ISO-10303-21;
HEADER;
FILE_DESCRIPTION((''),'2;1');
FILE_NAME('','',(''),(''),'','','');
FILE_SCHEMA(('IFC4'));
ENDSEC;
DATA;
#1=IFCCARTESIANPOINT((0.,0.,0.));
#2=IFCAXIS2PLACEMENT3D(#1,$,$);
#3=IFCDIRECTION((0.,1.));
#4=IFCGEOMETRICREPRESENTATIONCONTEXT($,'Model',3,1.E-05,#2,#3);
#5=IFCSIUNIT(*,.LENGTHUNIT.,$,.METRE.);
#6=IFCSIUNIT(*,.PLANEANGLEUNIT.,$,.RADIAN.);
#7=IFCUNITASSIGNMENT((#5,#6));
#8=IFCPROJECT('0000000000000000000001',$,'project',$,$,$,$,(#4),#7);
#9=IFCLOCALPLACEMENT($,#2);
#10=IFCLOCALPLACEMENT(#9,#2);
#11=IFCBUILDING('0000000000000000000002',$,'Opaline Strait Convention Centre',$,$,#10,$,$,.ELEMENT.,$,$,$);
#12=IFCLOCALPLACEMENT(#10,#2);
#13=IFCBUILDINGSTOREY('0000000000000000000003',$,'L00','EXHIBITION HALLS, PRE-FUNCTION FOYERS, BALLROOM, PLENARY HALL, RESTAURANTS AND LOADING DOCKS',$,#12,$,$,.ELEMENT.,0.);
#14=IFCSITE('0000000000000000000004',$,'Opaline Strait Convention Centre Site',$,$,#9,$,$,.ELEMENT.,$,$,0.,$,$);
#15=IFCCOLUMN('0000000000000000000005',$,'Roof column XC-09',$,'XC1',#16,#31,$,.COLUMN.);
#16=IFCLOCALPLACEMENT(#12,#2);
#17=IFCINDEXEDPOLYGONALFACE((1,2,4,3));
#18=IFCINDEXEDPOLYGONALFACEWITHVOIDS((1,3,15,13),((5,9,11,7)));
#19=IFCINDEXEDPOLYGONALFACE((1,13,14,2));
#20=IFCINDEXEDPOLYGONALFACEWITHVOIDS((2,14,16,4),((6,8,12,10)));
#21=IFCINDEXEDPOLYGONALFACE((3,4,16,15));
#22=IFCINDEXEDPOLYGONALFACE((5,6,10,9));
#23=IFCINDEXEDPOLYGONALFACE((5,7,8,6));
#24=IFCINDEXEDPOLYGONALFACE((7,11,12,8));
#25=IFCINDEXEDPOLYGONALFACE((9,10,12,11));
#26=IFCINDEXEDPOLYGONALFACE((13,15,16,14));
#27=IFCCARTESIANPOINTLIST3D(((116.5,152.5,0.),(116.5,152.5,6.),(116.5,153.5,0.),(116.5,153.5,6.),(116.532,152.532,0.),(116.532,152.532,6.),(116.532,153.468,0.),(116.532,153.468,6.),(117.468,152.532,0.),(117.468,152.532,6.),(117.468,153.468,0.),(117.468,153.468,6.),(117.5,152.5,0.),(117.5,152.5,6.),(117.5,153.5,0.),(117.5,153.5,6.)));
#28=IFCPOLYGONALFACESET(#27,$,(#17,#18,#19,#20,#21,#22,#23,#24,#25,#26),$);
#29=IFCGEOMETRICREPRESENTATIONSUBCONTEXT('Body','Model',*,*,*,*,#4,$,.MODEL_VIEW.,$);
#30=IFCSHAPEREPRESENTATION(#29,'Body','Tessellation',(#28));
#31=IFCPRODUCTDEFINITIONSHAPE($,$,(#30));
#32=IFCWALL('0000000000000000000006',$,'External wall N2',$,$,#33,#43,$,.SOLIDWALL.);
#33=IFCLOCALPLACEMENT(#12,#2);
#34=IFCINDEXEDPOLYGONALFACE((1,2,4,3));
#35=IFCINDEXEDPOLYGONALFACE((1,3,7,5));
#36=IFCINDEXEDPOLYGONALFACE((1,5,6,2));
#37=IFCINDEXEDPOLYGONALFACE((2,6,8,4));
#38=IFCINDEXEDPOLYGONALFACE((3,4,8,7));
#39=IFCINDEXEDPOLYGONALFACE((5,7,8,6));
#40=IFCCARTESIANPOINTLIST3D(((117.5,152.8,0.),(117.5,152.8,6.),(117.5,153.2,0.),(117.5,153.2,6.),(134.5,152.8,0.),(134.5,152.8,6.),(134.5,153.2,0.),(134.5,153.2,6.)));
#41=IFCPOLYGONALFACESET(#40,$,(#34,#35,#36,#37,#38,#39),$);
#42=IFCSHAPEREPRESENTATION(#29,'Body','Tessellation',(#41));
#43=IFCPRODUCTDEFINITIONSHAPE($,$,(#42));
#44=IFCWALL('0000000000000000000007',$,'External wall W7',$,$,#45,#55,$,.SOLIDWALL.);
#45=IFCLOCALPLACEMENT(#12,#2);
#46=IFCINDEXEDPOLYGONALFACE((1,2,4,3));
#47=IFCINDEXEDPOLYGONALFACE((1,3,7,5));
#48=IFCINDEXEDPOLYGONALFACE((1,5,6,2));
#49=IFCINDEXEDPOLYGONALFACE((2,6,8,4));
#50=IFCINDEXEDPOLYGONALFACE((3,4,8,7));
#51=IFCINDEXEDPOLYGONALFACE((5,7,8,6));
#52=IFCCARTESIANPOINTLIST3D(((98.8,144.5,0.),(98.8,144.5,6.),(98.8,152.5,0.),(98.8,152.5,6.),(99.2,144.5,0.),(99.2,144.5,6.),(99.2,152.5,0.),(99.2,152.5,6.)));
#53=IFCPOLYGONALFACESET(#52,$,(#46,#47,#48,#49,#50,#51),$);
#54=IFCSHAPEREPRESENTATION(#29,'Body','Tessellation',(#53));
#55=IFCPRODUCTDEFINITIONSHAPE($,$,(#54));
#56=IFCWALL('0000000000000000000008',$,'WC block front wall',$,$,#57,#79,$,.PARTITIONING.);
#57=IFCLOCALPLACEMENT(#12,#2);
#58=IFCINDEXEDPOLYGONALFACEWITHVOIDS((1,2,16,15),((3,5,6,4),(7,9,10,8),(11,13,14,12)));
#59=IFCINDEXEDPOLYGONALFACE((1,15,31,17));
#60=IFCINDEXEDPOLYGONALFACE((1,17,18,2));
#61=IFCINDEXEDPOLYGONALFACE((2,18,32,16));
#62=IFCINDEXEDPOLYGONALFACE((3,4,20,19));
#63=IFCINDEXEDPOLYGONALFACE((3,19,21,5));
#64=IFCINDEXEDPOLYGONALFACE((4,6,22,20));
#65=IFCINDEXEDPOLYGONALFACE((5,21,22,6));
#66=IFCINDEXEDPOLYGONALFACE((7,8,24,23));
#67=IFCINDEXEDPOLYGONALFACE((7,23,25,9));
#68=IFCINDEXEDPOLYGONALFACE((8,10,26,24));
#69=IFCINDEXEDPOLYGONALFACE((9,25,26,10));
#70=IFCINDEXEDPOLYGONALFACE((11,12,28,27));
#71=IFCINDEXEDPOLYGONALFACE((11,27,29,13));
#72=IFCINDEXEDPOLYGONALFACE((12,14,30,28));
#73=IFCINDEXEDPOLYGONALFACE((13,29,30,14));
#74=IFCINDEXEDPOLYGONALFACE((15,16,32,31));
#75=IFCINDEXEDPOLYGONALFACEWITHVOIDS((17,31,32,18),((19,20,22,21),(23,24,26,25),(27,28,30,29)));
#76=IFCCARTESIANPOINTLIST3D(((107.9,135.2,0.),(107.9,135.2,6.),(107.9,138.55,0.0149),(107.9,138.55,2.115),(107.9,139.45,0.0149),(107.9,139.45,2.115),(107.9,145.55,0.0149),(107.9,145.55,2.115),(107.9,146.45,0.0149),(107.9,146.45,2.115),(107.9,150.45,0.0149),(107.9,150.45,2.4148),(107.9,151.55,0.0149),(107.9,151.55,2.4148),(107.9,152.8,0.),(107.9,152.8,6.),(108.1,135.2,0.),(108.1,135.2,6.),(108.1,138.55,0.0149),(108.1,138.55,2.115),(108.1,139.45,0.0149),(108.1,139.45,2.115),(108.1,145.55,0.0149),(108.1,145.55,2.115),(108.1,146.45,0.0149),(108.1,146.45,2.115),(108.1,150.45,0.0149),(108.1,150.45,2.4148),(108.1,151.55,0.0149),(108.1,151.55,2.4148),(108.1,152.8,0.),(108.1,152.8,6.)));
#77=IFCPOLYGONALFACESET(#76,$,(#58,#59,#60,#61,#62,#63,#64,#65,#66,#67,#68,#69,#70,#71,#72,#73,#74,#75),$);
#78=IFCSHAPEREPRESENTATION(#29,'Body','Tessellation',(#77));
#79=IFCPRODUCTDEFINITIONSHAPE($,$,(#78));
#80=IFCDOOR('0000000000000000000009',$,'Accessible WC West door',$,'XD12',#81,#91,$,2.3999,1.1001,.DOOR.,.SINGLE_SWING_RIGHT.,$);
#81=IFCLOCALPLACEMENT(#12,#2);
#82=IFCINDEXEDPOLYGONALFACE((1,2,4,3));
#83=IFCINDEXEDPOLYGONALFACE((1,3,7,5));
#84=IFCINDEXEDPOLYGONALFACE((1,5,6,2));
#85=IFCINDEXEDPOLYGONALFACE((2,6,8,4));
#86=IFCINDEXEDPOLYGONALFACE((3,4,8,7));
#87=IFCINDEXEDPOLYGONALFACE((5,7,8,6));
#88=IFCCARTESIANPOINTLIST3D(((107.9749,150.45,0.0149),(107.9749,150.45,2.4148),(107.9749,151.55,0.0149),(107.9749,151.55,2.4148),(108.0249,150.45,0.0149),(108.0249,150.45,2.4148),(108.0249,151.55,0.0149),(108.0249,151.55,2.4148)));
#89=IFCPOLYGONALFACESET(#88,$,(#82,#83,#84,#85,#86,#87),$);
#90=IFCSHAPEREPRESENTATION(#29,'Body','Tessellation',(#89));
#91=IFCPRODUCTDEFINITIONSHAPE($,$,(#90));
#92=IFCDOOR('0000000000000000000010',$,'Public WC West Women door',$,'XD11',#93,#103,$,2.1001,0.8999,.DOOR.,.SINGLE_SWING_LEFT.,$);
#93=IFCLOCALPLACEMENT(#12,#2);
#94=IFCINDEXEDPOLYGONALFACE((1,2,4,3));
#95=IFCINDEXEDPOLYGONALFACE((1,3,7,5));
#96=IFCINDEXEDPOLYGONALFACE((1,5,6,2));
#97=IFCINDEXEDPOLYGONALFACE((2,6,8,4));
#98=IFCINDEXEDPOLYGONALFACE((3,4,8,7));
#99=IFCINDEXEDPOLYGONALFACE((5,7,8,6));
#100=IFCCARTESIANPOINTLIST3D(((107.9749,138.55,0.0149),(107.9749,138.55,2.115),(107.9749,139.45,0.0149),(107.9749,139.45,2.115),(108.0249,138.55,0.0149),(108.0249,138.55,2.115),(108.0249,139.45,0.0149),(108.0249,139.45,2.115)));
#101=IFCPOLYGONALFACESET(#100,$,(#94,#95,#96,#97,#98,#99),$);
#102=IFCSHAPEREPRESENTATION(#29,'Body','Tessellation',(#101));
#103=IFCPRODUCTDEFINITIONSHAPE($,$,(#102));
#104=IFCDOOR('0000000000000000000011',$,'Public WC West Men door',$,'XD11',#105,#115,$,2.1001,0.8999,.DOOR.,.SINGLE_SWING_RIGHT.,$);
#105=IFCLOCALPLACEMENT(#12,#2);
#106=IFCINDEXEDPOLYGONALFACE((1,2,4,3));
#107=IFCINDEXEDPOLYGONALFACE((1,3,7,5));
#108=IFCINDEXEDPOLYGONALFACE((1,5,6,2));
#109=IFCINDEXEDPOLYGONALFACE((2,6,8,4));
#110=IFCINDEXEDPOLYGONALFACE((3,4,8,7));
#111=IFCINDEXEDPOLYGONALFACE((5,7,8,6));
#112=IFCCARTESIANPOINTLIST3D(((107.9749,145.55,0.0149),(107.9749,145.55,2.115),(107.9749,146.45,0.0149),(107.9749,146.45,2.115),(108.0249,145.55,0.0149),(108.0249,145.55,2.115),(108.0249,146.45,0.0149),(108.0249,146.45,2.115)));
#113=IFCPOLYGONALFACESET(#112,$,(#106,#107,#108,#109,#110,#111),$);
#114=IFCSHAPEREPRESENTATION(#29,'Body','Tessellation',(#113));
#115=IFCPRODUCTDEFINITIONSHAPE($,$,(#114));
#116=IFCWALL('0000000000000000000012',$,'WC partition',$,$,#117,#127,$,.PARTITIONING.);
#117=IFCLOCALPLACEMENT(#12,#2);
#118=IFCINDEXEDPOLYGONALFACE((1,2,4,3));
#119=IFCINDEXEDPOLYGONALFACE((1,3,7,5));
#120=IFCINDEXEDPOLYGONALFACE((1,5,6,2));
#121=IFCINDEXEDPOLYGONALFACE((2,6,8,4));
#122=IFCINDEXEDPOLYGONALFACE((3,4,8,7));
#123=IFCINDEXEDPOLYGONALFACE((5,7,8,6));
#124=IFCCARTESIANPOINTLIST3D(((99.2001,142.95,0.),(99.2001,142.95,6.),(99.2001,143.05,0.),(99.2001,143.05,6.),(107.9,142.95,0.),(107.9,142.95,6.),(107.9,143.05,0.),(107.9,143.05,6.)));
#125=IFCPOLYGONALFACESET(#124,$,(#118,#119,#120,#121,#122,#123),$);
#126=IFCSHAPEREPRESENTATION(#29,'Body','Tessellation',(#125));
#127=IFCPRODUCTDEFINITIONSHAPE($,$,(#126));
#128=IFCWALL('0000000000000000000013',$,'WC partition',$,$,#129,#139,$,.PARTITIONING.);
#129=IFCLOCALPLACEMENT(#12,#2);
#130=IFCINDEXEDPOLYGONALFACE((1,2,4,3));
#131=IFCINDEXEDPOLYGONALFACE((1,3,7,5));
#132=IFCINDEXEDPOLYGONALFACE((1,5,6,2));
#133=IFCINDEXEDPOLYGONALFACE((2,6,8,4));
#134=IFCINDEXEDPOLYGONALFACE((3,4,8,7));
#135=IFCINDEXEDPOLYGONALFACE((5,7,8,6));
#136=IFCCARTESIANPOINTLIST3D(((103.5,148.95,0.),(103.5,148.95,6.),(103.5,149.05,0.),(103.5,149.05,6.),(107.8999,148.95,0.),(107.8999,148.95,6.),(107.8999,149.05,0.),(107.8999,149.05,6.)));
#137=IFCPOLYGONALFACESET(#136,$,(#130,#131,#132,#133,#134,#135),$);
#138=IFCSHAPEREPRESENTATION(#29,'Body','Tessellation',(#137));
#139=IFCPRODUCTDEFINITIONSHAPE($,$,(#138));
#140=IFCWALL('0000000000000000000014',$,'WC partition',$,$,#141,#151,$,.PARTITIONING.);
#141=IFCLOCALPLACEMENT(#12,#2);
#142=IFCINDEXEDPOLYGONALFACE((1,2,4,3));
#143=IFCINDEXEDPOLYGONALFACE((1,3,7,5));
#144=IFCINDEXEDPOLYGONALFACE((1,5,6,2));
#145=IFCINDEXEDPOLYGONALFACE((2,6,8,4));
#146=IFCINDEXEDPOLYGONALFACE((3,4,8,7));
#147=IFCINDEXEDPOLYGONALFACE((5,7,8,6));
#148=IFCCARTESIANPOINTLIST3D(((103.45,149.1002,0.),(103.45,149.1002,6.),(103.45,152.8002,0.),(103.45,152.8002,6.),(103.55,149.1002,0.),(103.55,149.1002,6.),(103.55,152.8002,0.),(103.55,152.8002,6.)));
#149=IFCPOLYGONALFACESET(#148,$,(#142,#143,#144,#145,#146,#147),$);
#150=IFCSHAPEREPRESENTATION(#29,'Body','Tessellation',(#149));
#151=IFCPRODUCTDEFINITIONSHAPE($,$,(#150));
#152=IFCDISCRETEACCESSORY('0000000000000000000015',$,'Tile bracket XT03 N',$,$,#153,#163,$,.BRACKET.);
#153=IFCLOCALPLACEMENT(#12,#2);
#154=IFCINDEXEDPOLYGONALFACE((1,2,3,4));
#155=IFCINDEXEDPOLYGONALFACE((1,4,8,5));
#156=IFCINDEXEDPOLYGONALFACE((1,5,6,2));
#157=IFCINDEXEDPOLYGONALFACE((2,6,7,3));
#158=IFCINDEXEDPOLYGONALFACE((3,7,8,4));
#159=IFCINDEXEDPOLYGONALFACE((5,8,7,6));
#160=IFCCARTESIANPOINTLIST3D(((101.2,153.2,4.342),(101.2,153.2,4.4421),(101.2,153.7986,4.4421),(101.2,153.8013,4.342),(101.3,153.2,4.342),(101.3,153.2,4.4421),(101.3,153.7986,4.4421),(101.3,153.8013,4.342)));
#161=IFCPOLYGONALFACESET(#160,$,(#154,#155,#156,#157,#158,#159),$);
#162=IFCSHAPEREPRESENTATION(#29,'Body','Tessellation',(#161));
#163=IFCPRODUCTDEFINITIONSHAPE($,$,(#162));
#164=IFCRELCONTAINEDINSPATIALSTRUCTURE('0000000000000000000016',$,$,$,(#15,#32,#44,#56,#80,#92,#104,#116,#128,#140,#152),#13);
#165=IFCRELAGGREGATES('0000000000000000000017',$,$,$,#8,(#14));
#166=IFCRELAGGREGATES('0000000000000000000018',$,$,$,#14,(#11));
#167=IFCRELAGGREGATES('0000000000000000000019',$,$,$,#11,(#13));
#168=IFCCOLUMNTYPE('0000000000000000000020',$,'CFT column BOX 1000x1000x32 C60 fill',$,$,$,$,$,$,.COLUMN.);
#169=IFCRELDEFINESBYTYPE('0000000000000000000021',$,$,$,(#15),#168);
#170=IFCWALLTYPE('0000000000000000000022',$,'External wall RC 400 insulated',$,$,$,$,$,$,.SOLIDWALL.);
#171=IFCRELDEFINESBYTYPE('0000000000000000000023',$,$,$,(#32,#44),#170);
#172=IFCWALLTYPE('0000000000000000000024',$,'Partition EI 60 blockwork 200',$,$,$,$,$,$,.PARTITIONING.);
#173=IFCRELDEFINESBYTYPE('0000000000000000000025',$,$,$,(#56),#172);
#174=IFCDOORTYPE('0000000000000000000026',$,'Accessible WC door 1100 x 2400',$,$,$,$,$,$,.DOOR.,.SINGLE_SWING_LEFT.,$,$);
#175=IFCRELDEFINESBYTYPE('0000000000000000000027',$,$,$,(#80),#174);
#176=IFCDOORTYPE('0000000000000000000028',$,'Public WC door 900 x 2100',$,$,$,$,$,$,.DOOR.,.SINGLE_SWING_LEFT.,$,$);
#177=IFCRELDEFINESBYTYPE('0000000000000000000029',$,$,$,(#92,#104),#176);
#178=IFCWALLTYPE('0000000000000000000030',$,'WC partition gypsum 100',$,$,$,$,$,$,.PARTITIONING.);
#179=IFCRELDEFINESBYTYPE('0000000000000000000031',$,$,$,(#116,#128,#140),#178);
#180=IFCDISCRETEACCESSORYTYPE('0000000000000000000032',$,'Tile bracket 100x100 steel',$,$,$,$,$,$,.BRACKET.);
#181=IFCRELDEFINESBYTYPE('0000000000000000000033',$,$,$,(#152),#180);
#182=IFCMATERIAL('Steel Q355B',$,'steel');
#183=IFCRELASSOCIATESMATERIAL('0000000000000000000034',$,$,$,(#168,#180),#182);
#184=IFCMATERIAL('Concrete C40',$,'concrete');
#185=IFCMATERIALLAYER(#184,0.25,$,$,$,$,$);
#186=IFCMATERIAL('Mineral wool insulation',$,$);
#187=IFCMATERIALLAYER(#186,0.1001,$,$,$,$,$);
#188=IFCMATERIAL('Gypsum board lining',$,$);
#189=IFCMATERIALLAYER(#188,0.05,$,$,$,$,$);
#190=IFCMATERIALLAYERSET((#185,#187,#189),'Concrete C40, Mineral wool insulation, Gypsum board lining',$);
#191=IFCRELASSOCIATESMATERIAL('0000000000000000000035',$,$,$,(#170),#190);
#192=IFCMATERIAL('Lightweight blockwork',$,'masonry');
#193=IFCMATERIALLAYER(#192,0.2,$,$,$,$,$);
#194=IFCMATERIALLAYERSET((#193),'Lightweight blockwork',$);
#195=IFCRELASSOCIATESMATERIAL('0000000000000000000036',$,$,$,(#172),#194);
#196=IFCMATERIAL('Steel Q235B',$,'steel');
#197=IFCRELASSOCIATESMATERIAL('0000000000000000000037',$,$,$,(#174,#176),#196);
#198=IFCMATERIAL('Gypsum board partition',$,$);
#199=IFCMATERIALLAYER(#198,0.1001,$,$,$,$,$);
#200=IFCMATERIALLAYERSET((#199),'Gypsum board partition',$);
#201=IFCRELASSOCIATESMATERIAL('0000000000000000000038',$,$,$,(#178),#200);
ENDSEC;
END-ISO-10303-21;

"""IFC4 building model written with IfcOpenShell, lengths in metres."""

from ifc_helpers import new_model, si_unit, direction, frame, frame_2d, origin, origin_2d, place, context, subcontext, project, spatial, polyline, rectangle, hollow_rectangle, outline, extrude, material, layer, layer_set, material_profile, profile_set, type_object, element, fill, save


model = new_model("IFC4")

# Units and contexts
model_context = context("Model", 3, precision=1e-05, world=origin(), true_north=direction((0.0, 1.0)))
body_context = subcontext(model_context, "Body", "Model", "MODEL_VIEW")
ifc_project = project(units=[si_unit("LENGTHUNIT", "METRE"), si_unit("PLANEANGLEUNIT", "RADIAN")], contexts=[model_context])

# Site, building, storey
site_placement = place(None, origin())
site = spatial("IfcSite", under=ifc_project, at=site_placement, Name="Opaline Strait Convention Centre Site", CompositionType="ELEMENT", RefElevation=0.0)
building_placement = place(site_placement, origin())
building = spatial("IfcBuilding", under=site, at=building_placement, Name="Opaline Strait Convention Centre", CompositionType="ELEMENT")
storey_placement = place(building_placement, origin())
storey = spatial("IfcBuildingStorey", under=building, at=storey_placement, Name="L00", Description="EXHIBITION HALLS, PRE-FUNCTION FOYERS, BALLROOM, PLENARY HALL, RESTAURANTS AND LOADING DOCKS", CompositionType="ELEMENT", Elevation=0.0)

# Column
ifc_material_1 = material(Name="Steel Q355B", Category="steel")
ifc_material_profile_1 = material_profile(ifc_material_1, hollow_rectangle(XDim=1.0, YDim=1.0, WallThickness=0.032, at=origin_2d()), Name="BOX 1000x1000x32")
ifc_profile_set_1 = profile_set([ifc_material_profile_1], Name="Steel Q355B")
column_type = type_object("IfcColumnType", Name="CFT column BOX 1000x1000x32 C60 fill", PredefinedType="COLUMN", material=ifc_profile_set_1)
column_placement = place(storey_placement, frame((117.0, 153.0, 0.0), z_axis=(0.0, 0.0, 1.0), x_axis=(1.0, 0.0, 0.0)))
element("IfcColumn", 1, at=column_placement, inside=storey, type_object=column_type, Name="Roof column XC-09", ObjectType="XC1", PredefinedType="COLUMN", context=body_context, shape_type="SweptSolid", body=[
    extrude(hollow_rectangle(XDim=1.0, YDim=1.0, WallThickness=0.032, at=origin_2d()), origin(), (0.0, 0.0, 1.0), 6.0),
])

# Shared definitions
ifc_material_2 = material(Name="Concrete C40", Category="concrete")
ifc_layer_1 = layer(ifc_material_2, 0.25)
ifc_material_3 = material(Name="Mineral wool insulation")
ifc_layer_2 = layer(ifc_material_3, 0.1001)
ifc_material_4 = material(Name="Gypsum board lining")
ifc_layer_3 = layer(ifc_material_4, 0.05)
ifc_layer_set_1 = layer_set([ifc_layer_1, ifc_layer_2, ifc_layer_3], Name="Concrete C40, Mineral wool insulation, Gypsum board lining")
wall_type_1 = type_object("IfcWallType", Name="External wall RC 400 insulated", PredefinedType="SOLIDWALL", material=ifc_layer_set_1)
ifc_material_5 = material(Name="Steel Q235B", Category="steel")

# Wall
wall_1_placement = place(storey_placement, frame((117.5, 153.0, 0.0), z_axis=(0.0, 0.0, 1.0), x_axis=(1.0, 0.0, 0.0)))
element("IfcWall", 2, at=wall_1_placement, inside=storey, type_object=wall_type_1, Name="External wall N2", PredefinedType="SOLIDWALL", context=body_context, shape_type="SweptSolid", body=[
    extrude(rectangle(XDim=17.0, YDim=0.3999, at=frame_2d((8.5, 0.0))), origin(), (0.0, 0.0, 1.0), 6.0),
])

# Wall
wall_2_placement = place(storey_placement, frame((99.0, 144.5, 0.0), z_axis=(0.0, 0.0, 1.0), x_axis=(0.0, 1.0, 0.0)))
element("IfcWall", 3, at=wall_2_placement, inside=storey, type_object=wall_type_1, Name="External wall W7", PredefinedType="SOLIDWALL", context=body_context, shape_type="SweptSolid", body=[
    extrude(rectangle(XDim=8.0, YDim=0.3999, at=frame_2d((4.0, 0.0))), origin(), (0.0, 0.0, 1.0), 6.0),
])

# Wall, openings, doors
ifc_material_6 = material(Name="Lightweight blockwork", Category="masonry")
ifc_layer_4 = layer(ifc_material_6, 0.2)
ifc_layer_set_2 = layer_set([ifc_layer_4], Name="Lightweight blockwork")
wall_type_2 = type_object("IfcWallType", Name="Partition EI 60 blockwork 200", PredefinedType="PARTITIONING", material=ifc_layer_set_2)
wall_3_placement = place(storey_placement, frame((108.0, 135.2, 0.0), z_axis=(0.0, 0.0, 1.0), x_axis=(0.0, 1.0, 0.0)))
wall_3 = element("IfcWall", 4, at=wall_3_placement, inside=storey, type_object=wall_type_2, Name="WC block front wall", PredefinedType="PARTITIONING", context=body_context, shape_type="SweptSolid", body=[
    extrude(rectangle(XDim=17.6001, YDim=0.2, at=frame_2d((8.8, 0.0))), origin(), (0.0, 0.0, 1.0), 6.0),
])
opening_1_placement = place(wall_3_placement, frame((3.3501, 0.0, 0.0149)))
opening_1 = element("IfcOpeningElement", 5, at=opening_1_placement, cuts=wall_3, PredefinedType="OPENING", context=body_context, shape_type="SweptSolid", body=[
    extrude(rectangle(XDim=0.8999, YDim=2.1001, at=frame_2d((0.45, 1.05))), frame((0.0, 0.1099, 0.0), z_axis=(0.0, -1.0, 0.0), x_axis=(1.0, 0.0, 0.0)), (0.0, 0.0, 1.0), 0.22),
])
opening_2_placement = place(wall_3_placement, frame((10.3501, 0.0, 0.0149)))
opening_2 = element("IfcOpeningElement", 6, at=opening_2_placement, cuts=wall_3, PredefinedType="OPENING", context=body_context, shape_type="SweptSolid", body=[
    extrude(rectangle(XDim=0.8999, YDim=2.1001, at=frame_2d((0.45, 1.05))), frame((0.0, 0.1099, 0.0), z_axis=(0.0, -1.0, 0.0), x_axis=(1.0, 0.0, 0.0)), (0.0, 0.0, 1.0), 0.22),
])
opening_3_placement = place(wall_3_placement, frame((15.25, 0.0, 0.0149)))
opening_3 = element("IfcOpeningElement", 7, at=opening_3_placement, cuts=wall_3, PredefinedType="OPENING", context=body_context, shape_type="SweptSolid", body=[
    extrude(rectangle(XDim=1.1001, YDim=2.3999, at=frame_2d((0.55, 1.2))), frame((0.0, 0.1099, 0.0), z_axis=(0.0, -1.0, 0.0), x_axis=(1.0, 0.0, 0.0)), (0.0, 0.0, 1.0), 0.22),
])
door_type_1 = type_object("IfcDoorType", Name="Accessible WC door 1100 x 2400", OperationType="SINGLE_SWING_LEFT", PredefinedType="DOOR", material=ifc_material_5)
door_1_placement = place(opening_3_placement, frame((1.1001, 0.0, 0.0), z_axis=(0.0, 0.0, 1.0), x_axis=(-1.0, 0.0, 0.0)))
door_1 = element("IfcDoor", 8, at=door_1_placement, inside=storey, type_object=door_type_1, Name="Accessible WC West door", ObjectType="XD12", OperationType="SINGLE_SWING_RIGHT", OverallHeight=2.3999, OverallWidth=1.1001, PredefinedType="DOOR", context=body_context, shape_type="SweptSolid", body=[
    extrude(rectangle(XDim=1.1001, YDim=2.3999, at=frame_2d((0.55, 1.2))), frame((0.0, 0.0249, 0.0), z_axis=(0.0, -1.0, 0.0), x_axis=(1.0, 0.0, 0.0)), (0.0, 0.0, 1.0), 0.05),
])
fill(opening_3, door_1)
door_type_2 = type_object("IfcDoorType", Name="Public WC door 900 x 2100", OperationType="SINGLE_SWING_LEFT", PredefinedType="DOOR", material=ifc_material_5)
door_2_placement = place(opening_1_placement, frame((0.8999, 0.0, 0.0), z_axis=(0.0, 0.0, 1.0), x_axis=(-1.0, 0.0, 0.0)))
door_2 = element("IfcDoor", 9, at=door_2_placement, inside=storey, type_object=door_type_2, Name="Public WC West Women door", ObjectType="XD11", OperationType="SINGLE_SWING_LEFT", OverallHeight=2.1001, OverallWidth=0.8999, PredefinedType="DOOR", context=body_context, shape_type="SweptSolid", body=[
    extrude(rectangle(XDim=0.8999, YDim=2.1001, at=frame_2d((0.45, 1.05))), frame((0.0, 0.0249, 0.0), z_axis=(0.0, -1.0, 0.0), x_axis=(1.0, 0.0, 0.0)), (0.0, 0.0, 1.0), 0.05),
])
fill(opening_1, door_2)
door_3_placement = place(opening_2_placement, frame((0.8999, 0.0, 0.0), z_axis=(0.0, 0.0, 1.0), x_axis=(-1.0, 0.0, 0.0)))
door_3 = element("IfcDoor", 10, at=door_3_placement, inside=storey, type_object=door_type_2, Name="Public WC West Men door", ObjectType="XD11", OperationType="SINGLE_SWING_RIGHT", OverallHeight=2.1001, OverallWidth=0.8999, PredefinedType="DOOR", context=body_context, shape_type="SweptSolid", body=[
    extrude(rectangle(XDim=0.8999, YDim=2.1001, at=frame_2d((0.45, 1.05))), frame((0.0, 0.0249, 0.0), z_axis=(0.0, -1.0, 0.0), x_axis=(1.0, 0.0, 0.0)), (0.0, 0.0, 1.0), 0.05),
])
fill(opening_2, door_3)

# Walls
ifc_material_7 = material(Name="Gypsum board partition")
ifc_layer_5 = layer(ifc_material_7, 0.1001)
ifc_layer_set_3 = layer_set([ifc_layer_5], Name="Gypsum board partition")
wall_type_3 = type_object("IfcWallType", Name="WC partition gypsum 100", PredefinedType="PARTITIONING", material=ifc_layer_set_3)
wall_4_placement = place(storey_placement, frame((99.2, 143.0, 0.0), z_axis=(0.0, 0.0, 1.0), x_axis=(1.0, 0.0, 0.0)))
element("IfcWall", 11, at=wall_4_placement, inside=storey, type_object=wall_type_3, Name="WC partition", PredefinedType="PARTITIONING", context=body_context, shape_type="SweptSolid", body=[
    extrude(rectangle(XDim=8.7, YDim=0.1001, at=frame_2d((4.3501, 0.0))), origin(), (0.0, 0.0, 1.0), 6.0),
])
wall_5_placement = place(storey_placement, frame((103.5, 149.0, 0.0), z_axis=(0.0, 0.0, 1.0), x_axis=(1.0, 0.0, 0.0)))
element("IfcWall", 12, at=wall_5_placement, inside=storey, type_object=wall_type_3, Name="WC partition", PredefinedType="PARTITIONING", context=body_context, shape_type="SweptSolid", body=[
    extrude(rectangle(XDim=4.3999, YDim=0.1001, at=frame_2d((2.2, 0.0))), origin(), (0.0, 0.0, 1.0), 6.0),
])
wall_6_placement = place(storey_placement, frame((103.5, 149.1001, 0.0), z_axis=(0.0, 0.0, 1.0), x_axis=(0.0, 1.0, 0.0)))
element("IfcWall", 13, at=wall_6_placement, inside=storey, type_object=wall_type_3, Name="WC partition", PredefinedType="PARTITIONING", context=body_context, shape_type="SweptSolid", body=[
    extrude(rectangle(XDim=3.7, YDim=0.1001, at=frame_2d((1.8501, 0.0))), origin(), (0.0, 0.0, 1.0), 6.0),
])

# Discrete accessory
discrete_accessory_type = type_object("IfcDiscreteAccessoryType", Name="Tile bracket 100x100 steel", PredefinedType="BRACKET", material=ifc_material_1)
discrete_accessory_1_placement = place(storey_placement, frame((101.3, 153.2, 4.3921), z_axis=(-1.0, 0.0, 0.0), x_axis=(0.0, -1.0, 0.0)))
element("IfcDiscreteAccessory", 14, at=discrete_accessory_1_placement, inside=storey, type_object=discrete_accessory_type, Name="Tile bracket XT03 N", PredefinedType="BRACKET", context=body_context, shape_type="SweptSolid", body=[
    extrude(outline(polyline([(0.0, -0.05), (0.0, 0.05), (-0.5986, 0.05), (-0.6013, -0.05), (0.0, -0.05)])), origin(), (0.0, 0.0, 1.0), 0.1001),
])

save(model, "model.ifc")
